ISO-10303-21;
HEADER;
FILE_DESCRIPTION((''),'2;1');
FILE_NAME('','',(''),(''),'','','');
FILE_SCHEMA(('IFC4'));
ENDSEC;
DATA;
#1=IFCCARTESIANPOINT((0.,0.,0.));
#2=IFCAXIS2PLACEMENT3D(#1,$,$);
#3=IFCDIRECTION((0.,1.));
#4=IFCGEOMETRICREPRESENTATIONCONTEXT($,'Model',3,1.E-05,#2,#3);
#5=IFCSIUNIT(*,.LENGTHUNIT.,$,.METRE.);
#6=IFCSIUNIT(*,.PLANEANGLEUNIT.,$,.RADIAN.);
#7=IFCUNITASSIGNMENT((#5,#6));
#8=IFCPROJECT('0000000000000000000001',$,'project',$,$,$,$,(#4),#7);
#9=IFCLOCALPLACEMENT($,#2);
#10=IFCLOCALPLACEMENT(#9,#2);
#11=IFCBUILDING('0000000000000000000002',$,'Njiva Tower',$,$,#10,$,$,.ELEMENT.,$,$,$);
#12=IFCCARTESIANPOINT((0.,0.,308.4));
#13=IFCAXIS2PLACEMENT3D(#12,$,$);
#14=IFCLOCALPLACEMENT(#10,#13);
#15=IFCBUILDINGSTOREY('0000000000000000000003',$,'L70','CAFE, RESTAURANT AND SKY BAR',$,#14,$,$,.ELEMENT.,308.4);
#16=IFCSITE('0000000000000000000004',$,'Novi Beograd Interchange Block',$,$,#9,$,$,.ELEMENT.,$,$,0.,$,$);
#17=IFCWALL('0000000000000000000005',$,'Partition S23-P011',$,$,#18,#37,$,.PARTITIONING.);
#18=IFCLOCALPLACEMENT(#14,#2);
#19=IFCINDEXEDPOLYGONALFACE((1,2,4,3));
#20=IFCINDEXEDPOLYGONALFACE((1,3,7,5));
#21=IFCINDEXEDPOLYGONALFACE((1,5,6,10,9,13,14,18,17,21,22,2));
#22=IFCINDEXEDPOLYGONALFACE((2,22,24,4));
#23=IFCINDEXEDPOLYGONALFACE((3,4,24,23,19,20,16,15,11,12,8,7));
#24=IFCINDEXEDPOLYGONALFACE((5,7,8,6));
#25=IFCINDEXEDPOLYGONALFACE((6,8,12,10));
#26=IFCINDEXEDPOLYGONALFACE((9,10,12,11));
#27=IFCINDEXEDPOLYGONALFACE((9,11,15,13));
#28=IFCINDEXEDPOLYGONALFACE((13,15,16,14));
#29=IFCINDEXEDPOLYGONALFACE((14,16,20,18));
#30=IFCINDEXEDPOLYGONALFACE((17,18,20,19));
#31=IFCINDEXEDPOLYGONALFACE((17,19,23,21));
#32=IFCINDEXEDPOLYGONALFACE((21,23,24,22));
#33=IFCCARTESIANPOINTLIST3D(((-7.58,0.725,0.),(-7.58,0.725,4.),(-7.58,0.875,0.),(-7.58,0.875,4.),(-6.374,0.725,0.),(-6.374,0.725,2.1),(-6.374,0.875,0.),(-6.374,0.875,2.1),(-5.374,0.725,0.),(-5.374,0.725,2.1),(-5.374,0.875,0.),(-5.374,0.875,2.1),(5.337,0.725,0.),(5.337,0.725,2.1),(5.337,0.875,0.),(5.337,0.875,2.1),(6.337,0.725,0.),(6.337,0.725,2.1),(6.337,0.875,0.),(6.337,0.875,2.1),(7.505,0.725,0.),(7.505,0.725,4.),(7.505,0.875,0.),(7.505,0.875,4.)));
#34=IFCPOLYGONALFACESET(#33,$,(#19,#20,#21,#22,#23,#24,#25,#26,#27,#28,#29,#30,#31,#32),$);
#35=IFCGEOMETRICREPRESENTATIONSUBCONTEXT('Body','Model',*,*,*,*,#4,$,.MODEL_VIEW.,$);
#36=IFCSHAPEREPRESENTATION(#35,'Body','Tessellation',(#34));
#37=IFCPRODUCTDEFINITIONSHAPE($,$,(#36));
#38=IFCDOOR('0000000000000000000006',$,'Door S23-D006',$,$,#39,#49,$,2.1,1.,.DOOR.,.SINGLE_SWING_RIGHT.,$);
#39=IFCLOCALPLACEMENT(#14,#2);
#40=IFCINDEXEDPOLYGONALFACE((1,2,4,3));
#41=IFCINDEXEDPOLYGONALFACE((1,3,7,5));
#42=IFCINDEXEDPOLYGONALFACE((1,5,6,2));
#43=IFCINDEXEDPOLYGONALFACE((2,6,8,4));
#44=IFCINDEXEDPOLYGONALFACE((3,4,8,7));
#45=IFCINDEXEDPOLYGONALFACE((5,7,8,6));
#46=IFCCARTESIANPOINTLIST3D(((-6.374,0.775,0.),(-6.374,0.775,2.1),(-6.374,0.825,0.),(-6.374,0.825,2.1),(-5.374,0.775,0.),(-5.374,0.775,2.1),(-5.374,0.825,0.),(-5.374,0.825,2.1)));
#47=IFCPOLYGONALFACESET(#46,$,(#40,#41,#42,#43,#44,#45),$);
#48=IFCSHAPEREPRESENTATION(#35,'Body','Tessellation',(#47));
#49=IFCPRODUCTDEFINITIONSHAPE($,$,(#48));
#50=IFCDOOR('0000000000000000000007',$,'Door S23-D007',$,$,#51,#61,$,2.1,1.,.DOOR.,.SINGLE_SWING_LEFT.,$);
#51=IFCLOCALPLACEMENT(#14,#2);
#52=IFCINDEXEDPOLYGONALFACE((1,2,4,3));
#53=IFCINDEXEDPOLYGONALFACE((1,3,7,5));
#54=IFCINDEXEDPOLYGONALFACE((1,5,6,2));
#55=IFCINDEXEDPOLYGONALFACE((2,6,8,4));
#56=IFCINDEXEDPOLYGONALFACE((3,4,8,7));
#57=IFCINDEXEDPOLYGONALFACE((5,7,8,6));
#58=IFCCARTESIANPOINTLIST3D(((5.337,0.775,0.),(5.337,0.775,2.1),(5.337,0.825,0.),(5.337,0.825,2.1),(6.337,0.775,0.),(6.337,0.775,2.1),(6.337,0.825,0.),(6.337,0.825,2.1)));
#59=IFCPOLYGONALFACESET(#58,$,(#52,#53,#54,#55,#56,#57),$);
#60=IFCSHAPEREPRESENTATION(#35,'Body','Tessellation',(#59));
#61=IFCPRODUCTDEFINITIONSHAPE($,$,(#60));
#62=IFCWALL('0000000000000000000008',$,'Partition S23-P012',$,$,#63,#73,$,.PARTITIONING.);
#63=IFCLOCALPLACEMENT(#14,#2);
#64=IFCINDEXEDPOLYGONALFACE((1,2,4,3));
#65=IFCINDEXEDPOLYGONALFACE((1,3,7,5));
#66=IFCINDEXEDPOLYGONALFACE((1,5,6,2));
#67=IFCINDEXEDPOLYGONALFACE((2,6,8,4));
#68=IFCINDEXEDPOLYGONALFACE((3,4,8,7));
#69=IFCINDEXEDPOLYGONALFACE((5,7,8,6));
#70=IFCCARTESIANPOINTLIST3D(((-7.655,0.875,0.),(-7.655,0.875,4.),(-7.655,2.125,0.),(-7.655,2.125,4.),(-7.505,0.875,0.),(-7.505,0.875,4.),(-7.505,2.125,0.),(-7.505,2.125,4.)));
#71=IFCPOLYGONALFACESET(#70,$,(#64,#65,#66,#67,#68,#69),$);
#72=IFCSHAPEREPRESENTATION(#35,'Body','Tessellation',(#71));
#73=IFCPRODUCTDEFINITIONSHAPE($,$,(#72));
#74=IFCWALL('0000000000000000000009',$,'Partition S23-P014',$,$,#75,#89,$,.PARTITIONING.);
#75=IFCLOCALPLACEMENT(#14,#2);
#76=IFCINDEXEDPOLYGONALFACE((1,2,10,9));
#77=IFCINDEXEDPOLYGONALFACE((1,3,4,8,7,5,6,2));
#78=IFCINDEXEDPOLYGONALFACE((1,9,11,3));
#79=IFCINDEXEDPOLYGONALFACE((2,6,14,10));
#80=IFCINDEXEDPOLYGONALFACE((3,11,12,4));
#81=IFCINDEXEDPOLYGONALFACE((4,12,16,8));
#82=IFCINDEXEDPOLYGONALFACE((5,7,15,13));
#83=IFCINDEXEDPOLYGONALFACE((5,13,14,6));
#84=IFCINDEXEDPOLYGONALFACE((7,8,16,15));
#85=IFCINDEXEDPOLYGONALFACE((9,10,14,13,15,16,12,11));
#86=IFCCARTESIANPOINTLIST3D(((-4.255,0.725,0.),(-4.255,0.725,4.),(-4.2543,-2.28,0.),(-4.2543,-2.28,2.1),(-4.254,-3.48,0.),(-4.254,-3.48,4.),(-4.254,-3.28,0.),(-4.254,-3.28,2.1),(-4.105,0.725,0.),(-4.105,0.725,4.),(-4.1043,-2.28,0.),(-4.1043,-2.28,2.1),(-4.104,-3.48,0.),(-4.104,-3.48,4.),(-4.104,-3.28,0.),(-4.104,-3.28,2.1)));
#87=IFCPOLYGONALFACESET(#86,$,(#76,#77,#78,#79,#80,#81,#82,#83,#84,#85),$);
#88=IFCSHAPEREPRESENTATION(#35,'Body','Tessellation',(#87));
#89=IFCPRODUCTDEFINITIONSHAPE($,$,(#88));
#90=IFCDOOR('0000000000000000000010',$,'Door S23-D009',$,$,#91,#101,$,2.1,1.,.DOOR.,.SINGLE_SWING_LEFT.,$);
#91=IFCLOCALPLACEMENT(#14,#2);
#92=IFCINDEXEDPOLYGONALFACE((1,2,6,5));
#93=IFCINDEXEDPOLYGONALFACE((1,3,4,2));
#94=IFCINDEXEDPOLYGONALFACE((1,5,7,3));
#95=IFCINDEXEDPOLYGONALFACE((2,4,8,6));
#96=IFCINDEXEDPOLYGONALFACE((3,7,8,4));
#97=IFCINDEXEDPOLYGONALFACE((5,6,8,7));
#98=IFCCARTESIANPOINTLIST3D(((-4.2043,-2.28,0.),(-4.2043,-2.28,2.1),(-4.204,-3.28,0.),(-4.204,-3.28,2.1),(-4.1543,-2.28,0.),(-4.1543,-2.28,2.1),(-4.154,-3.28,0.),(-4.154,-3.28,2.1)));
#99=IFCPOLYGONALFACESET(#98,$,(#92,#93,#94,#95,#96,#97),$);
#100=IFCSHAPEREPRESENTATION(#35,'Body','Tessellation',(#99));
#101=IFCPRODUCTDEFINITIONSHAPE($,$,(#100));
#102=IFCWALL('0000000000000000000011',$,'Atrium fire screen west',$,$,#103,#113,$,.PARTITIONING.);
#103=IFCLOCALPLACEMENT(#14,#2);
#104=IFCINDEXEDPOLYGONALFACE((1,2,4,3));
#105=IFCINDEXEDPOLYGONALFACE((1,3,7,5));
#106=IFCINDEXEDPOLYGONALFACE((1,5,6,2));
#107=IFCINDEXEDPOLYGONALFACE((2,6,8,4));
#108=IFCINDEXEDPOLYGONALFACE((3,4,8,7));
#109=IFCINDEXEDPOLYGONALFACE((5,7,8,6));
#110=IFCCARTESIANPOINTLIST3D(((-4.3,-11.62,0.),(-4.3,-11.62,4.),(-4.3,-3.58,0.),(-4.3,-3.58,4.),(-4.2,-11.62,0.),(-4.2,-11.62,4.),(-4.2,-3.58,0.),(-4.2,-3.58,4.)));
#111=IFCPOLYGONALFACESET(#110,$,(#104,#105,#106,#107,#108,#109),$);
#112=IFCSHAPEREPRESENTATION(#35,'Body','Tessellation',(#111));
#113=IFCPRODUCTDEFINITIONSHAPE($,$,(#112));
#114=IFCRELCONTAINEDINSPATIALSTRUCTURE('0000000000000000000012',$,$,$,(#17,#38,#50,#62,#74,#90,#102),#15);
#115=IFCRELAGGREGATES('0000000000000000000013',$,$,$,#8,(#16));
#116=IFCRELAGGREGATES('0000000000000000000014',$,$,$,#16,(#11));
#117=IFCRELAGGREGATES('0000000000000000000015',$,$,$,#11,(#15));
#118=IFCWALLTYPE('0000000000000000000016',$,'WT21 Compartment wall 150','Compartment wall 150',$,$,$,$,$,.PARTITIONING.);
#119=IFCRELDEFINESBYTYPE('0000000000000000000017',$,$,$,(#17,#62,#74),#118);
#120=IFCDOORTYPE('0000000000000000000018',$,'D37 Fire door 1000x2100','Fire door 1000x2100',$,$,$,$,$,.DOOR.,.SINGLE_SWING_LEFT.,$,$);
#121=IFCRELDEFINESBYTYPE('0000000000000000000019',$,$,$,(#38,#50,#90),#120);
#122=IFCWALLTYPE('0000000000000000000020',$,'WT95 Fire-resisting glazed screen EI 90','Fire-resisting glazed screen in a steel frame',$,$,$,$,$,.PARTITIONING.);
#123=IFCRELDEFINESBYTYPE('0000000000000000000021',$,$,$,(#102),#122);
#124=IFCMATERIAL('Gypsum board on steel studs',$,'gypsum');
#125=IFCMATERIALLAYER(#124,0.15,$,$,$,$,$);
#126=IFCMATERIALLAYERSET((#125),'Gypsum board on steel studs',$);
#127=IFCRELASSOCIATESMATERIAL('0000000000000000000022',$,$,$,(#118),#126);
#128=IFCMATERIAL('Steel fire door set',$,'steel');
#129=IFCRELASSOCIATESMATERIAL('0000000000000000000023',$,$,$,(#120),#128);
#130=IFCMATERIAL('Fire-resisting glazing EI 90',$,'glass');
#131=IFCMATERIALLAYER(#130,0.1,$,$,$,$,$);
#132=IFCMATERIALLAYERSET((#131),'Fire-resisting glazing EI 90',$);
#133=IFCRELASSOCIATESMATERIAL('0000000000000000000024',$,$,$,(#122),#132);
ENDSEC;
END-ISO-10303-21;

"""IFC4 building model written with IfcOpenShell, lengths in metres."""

from ifc_helpers import new_model, si_unit, direction, frame, frame_2d, origin, place, context, subcontext, project, spatial, rectangle, extrude, material, layer, layer_set, type_object, element, fill, save


model = new_model("IFC4")

# Units and contexts
model_context = context("Model", 3, precision=1e-05, world=origin(), true_north=direction((0.0, 1.0)))
body_context = subcontext(model_context, "Body", "Model", "MODEL_VIEW")
ifc_project = project(units=[si_unit("LENGTHUNIT", "METRE"), si_unit("PLANEANGLEUNIT", "RADIAN")], contexts=[model_context])

# Site, building, storey
site_placement = place(None, origin())
site = spatial("IfcSite", under=ifc_project, at=site_placement, Name="Novi Beograd Interchange Block", CompositionType="ELEMENT", RefElevation=0.0)
building_placement = place(site_placement, origin())
building = spatial("IfcBuilding", under=site, at=building_placement, Name="Njiva Tower", CompositionType="ELEMENT")
storey_placement = place(building_placement, frame((0.0, 0.0, 308.4)))
storey = spatial("IfcBuildingStorey", under=building, at=storey_placement, Name="L70", Description="CAFE, RESTAURANT AND SKY BAR", CompositionType="ELEMENT", Elevation=308.4)

# Shared definitions
ifc_material_1 = material(Name="Gypsum board on steel studs", Category="gypsum")
ifc_layer_1 = layer(ifc_material_1, 0.15)
ifc_layer_set_1 = layer_set([ifc_layer_1], Name="Gypsum board on steel studs")
wall_type_1 = type_object("IfcWallType", Name="WT21 Compartment wall 150", Description="Compartment wall 150", PredefinedType="PARTITIONING", material=ifc_layer_set_1)

# Wall, openings, doors
wall_1_placement = place(storey_placement, frame((-7.58, 0.8, 0.0), z_axis=(0.0, 0.0, 1.0), x_axis=(1.0, 0.0, 0.0)))
wall_1 = element("IfcWall", 1, at=wall_1_placement, inside=storey, type_object=wall_type_1, Name="Partition S23-P011", PredefinedType="PARTITIONING", context=body_context, shape_type="SweptSolid", body=[
    extrude(rectangle(XDim=15.085, YDim=0.15, at=frame_2d((7.5425, 0.0))), origin(), (0.0, 0.0, 1.0), 4.0),
])
opening_1_placement = place(wall_1_placement, frame((1.206, 0.0, 0.0)))
opening_1 = element("IfcOpeningElement", 2, at=opening_1_placement, cuts=wall_1, PredefinedType="OPENING", context=body_context, shape_type="SweptSolid", body=[
    extrude(rectangle(XDim=1.0, YDim=2.1, at=frame_2d((0.5, 1.05))), frame((0.0, 0.085, 0.0), z_axis=(0.0, -1.0, 0.0), x_axis=(1.0, 0.0, 0.0)), (0.0, 0.0, 1.0), 0.17),
])
opening_2_placement = place(wall_1_placement, frame((12.917, 0.0, 0.0)))
opening_2 = element("IfcOpeningElement", 3, at=opening_2_placement, cuts=wall_1, PredefinedType="OPENING", context=body_context, shape_type="SweptSolid", body=[
    extrude(rectangle(XDim=1.0, YDim=2.1, at=frame_2d((0.5, 1.05))), frame((0.0, 0.085, 0.0), z_axis=(0.0, -1.0, 0.0), x_axis=(1.0, 0.0, 0.0)), (0.0, 0.0, 1.0), 0.17),
])
ifc_material_2 = material(Name="Steel fire door set", Category="steel")
door_type = type_object("IfcDoorType", Name="D37 Fire door 1000x2100", Description="Fire door 1000x2100", OperationType="SINGLE_SWING_LEFT", PredefinedType="DOOR", material=ifc_material_2)
door_1_placement = place(opening_1_placement, origin())
door_1 = element("IfcDoor", 4, at=door_1_placement, inside=storey, type_object=door_type, Name="Door S23-D006", OperationType="SINGLE_SWING_RIGHT", OverallHeight=2.1, OverallWidth=1.0, PredefinedType="DOOR", context=body_context, shape_type="SweptSolid", body=[
    extrude(rectangle(XDim=1.0, YDim=2.1, at=frame_2d((0.5, 1.05))), frame((0.0, 0.025, 0.0), z_axis=(0.0, -1.0, 0.0), x_axis=(1.0, 0.0, 0.0)), (0.0, 0.0, 1.0), 0.05),
])
fill(opening_1, door_1)
door_2_placement = place(opening_2_placement, origin())
door_2 = element("IfcDoor", 5, at=door_2_placement, inside=storey, type_object=door_type, Name="Door S23-D007", OperationType="SINGLE_SWING_LEFT", OverallHeight=2.1, OverallWidth=1.0, PredefinedType="DOOR", context=body_context, shape_type="SweptSolid", body=[
    extrude(rectangle(XDim=1.0, YDim=2.1, at=frame_2d((0.5, 1.05))), frame((0.0, 0.025, 0.0), z_axis=(0.0, -1.0, 0.0), x_axis=(1.0, 0.0, 0.0)), (0.0, 0.0, 1.0), 0.05),
])
fill(opening_2, door_2)

# Wall
wall_2_placement = place(storey_placement, frame((-7.58, 0.875, 0.0), z_axis=(0.0, 0.0, 1.0), x_axis=(0.0, 1.0, 0.0)))
element("IfcWall", 6, at=wall_2_placement, inside=storey, type_object=wall_type_1, Name="Partition S23-P012", PredefinedType="PARTITIONING", context=body_context, shape_type="SweptSolid", body=[
    extrude(rectangle(XDim=1.25, YDim=0.15, at=frame_2d((0.625, 0.0))), origin(), (0.0, 0.0, 1.0), 4.0),
])

# Wall, opening, door
wall_3_placement = place(storey_placement, frame((-4.18, 0.725, 0.0), z_axis=(0.0, 0.0, 1.0), x_axis=(0.000238, -1.0, 0.0)))
wall_3 = element("IfcWall", 7, at=wall_3_placement, inside=storey, type_object=wall_type_1, Name="Partition S23-P014", PredefinedType="PARTITIONING", context=body_context, shape_type="SweptSolid", body=[
    extrude(rectangle(XDim=4.205, YDim=0.15, at=frame_2d((2.1025, 0.0))), origin(), (0.0, 0.0, 1.0), 4.0),
])
opening_3_placement = place(wall_3_placement, frame((3.005, 0.0, 0.0)))
opening_3 = element("IfcOpeningElement", 8, at=opening_3_placement, cuts=wall_3, PredefinedType="OPENING", context=body_context, shape_type="SweptSolid", body=[
    extrude(rectangle(XDim=1.0, YDim=2.1, at=frame_2d((0.5, 1.05))), frame((0.0, 0.085, 0.0), z_axis=(0.0, -1.0, 0.0), x_axis=(1.0, 0.0, 0.0)), (0.0, 0.0, 1.0), 0.17),
])
door_3_placement = place(opening_3_placement, origin())
door_3 = element("IfcDoor", 9, at=door_3_placement, inside=storey, type_object=door_type, Name="Door S23-D009", OperationType="SINGLE_SWING_LEFT", OverallHeight=2.1, OverallWidth=1.0, PredefinedType="DOOR", context=body_context, shape_type="SweptSolid", body=[
    extrude(rectangle(XDim=1.0, YDim=2.1, at=frame_2d((0.5, 1.05))), frame((0.0, 0.025, 0.0), z_axis=(0.0, -1.0, 0.0), x_axis=(1.0, 0.0, 0.0)), (0.0, 0.0, 1.0), 0.05),
])
fill(opening_3, door_3)

# Wall
ifc_material_3 = material(Name="Fire-resisting glazing EI 90", Category="glass")
ifc_layer_2 = layer(ifc_material_3, 0.1)
ifc_layer_set_2 = layer_set([ifc_layer_2], Name="Fire-resisting glazing EI 90")
wall_type_2 = type_object("IfcWallType", Name="WT95 Fire-resisting glazed screen EI 90", Description="Fire-resisting glazed screen in a steel frame", PredefinedType="PARTITIONING", material=ifc_layer_set_2)
wall_4_placement = place(storey_placement, frame((-4.25, -3.58, 0.0), z_axis=(0.0, 0.0, 1.0), x_axis=(0.0, -1.0, 0.0)))
element("IfcWall", 10, at=wall_4_placement, inside=storey, type_object=wall_type_2, Name="Atrium fire screen west", PredefinedType="PARTITIONING", context=body_context, shape_type="SweptSolid", body=[
    extrude(rectangle(XDim=8.04, YDim=0.1, at=frame_2d((4.02, 0.0))), origin(), (0.0, 0.0, 1.0), 4.0),
])

save(model, "model.ifc")
